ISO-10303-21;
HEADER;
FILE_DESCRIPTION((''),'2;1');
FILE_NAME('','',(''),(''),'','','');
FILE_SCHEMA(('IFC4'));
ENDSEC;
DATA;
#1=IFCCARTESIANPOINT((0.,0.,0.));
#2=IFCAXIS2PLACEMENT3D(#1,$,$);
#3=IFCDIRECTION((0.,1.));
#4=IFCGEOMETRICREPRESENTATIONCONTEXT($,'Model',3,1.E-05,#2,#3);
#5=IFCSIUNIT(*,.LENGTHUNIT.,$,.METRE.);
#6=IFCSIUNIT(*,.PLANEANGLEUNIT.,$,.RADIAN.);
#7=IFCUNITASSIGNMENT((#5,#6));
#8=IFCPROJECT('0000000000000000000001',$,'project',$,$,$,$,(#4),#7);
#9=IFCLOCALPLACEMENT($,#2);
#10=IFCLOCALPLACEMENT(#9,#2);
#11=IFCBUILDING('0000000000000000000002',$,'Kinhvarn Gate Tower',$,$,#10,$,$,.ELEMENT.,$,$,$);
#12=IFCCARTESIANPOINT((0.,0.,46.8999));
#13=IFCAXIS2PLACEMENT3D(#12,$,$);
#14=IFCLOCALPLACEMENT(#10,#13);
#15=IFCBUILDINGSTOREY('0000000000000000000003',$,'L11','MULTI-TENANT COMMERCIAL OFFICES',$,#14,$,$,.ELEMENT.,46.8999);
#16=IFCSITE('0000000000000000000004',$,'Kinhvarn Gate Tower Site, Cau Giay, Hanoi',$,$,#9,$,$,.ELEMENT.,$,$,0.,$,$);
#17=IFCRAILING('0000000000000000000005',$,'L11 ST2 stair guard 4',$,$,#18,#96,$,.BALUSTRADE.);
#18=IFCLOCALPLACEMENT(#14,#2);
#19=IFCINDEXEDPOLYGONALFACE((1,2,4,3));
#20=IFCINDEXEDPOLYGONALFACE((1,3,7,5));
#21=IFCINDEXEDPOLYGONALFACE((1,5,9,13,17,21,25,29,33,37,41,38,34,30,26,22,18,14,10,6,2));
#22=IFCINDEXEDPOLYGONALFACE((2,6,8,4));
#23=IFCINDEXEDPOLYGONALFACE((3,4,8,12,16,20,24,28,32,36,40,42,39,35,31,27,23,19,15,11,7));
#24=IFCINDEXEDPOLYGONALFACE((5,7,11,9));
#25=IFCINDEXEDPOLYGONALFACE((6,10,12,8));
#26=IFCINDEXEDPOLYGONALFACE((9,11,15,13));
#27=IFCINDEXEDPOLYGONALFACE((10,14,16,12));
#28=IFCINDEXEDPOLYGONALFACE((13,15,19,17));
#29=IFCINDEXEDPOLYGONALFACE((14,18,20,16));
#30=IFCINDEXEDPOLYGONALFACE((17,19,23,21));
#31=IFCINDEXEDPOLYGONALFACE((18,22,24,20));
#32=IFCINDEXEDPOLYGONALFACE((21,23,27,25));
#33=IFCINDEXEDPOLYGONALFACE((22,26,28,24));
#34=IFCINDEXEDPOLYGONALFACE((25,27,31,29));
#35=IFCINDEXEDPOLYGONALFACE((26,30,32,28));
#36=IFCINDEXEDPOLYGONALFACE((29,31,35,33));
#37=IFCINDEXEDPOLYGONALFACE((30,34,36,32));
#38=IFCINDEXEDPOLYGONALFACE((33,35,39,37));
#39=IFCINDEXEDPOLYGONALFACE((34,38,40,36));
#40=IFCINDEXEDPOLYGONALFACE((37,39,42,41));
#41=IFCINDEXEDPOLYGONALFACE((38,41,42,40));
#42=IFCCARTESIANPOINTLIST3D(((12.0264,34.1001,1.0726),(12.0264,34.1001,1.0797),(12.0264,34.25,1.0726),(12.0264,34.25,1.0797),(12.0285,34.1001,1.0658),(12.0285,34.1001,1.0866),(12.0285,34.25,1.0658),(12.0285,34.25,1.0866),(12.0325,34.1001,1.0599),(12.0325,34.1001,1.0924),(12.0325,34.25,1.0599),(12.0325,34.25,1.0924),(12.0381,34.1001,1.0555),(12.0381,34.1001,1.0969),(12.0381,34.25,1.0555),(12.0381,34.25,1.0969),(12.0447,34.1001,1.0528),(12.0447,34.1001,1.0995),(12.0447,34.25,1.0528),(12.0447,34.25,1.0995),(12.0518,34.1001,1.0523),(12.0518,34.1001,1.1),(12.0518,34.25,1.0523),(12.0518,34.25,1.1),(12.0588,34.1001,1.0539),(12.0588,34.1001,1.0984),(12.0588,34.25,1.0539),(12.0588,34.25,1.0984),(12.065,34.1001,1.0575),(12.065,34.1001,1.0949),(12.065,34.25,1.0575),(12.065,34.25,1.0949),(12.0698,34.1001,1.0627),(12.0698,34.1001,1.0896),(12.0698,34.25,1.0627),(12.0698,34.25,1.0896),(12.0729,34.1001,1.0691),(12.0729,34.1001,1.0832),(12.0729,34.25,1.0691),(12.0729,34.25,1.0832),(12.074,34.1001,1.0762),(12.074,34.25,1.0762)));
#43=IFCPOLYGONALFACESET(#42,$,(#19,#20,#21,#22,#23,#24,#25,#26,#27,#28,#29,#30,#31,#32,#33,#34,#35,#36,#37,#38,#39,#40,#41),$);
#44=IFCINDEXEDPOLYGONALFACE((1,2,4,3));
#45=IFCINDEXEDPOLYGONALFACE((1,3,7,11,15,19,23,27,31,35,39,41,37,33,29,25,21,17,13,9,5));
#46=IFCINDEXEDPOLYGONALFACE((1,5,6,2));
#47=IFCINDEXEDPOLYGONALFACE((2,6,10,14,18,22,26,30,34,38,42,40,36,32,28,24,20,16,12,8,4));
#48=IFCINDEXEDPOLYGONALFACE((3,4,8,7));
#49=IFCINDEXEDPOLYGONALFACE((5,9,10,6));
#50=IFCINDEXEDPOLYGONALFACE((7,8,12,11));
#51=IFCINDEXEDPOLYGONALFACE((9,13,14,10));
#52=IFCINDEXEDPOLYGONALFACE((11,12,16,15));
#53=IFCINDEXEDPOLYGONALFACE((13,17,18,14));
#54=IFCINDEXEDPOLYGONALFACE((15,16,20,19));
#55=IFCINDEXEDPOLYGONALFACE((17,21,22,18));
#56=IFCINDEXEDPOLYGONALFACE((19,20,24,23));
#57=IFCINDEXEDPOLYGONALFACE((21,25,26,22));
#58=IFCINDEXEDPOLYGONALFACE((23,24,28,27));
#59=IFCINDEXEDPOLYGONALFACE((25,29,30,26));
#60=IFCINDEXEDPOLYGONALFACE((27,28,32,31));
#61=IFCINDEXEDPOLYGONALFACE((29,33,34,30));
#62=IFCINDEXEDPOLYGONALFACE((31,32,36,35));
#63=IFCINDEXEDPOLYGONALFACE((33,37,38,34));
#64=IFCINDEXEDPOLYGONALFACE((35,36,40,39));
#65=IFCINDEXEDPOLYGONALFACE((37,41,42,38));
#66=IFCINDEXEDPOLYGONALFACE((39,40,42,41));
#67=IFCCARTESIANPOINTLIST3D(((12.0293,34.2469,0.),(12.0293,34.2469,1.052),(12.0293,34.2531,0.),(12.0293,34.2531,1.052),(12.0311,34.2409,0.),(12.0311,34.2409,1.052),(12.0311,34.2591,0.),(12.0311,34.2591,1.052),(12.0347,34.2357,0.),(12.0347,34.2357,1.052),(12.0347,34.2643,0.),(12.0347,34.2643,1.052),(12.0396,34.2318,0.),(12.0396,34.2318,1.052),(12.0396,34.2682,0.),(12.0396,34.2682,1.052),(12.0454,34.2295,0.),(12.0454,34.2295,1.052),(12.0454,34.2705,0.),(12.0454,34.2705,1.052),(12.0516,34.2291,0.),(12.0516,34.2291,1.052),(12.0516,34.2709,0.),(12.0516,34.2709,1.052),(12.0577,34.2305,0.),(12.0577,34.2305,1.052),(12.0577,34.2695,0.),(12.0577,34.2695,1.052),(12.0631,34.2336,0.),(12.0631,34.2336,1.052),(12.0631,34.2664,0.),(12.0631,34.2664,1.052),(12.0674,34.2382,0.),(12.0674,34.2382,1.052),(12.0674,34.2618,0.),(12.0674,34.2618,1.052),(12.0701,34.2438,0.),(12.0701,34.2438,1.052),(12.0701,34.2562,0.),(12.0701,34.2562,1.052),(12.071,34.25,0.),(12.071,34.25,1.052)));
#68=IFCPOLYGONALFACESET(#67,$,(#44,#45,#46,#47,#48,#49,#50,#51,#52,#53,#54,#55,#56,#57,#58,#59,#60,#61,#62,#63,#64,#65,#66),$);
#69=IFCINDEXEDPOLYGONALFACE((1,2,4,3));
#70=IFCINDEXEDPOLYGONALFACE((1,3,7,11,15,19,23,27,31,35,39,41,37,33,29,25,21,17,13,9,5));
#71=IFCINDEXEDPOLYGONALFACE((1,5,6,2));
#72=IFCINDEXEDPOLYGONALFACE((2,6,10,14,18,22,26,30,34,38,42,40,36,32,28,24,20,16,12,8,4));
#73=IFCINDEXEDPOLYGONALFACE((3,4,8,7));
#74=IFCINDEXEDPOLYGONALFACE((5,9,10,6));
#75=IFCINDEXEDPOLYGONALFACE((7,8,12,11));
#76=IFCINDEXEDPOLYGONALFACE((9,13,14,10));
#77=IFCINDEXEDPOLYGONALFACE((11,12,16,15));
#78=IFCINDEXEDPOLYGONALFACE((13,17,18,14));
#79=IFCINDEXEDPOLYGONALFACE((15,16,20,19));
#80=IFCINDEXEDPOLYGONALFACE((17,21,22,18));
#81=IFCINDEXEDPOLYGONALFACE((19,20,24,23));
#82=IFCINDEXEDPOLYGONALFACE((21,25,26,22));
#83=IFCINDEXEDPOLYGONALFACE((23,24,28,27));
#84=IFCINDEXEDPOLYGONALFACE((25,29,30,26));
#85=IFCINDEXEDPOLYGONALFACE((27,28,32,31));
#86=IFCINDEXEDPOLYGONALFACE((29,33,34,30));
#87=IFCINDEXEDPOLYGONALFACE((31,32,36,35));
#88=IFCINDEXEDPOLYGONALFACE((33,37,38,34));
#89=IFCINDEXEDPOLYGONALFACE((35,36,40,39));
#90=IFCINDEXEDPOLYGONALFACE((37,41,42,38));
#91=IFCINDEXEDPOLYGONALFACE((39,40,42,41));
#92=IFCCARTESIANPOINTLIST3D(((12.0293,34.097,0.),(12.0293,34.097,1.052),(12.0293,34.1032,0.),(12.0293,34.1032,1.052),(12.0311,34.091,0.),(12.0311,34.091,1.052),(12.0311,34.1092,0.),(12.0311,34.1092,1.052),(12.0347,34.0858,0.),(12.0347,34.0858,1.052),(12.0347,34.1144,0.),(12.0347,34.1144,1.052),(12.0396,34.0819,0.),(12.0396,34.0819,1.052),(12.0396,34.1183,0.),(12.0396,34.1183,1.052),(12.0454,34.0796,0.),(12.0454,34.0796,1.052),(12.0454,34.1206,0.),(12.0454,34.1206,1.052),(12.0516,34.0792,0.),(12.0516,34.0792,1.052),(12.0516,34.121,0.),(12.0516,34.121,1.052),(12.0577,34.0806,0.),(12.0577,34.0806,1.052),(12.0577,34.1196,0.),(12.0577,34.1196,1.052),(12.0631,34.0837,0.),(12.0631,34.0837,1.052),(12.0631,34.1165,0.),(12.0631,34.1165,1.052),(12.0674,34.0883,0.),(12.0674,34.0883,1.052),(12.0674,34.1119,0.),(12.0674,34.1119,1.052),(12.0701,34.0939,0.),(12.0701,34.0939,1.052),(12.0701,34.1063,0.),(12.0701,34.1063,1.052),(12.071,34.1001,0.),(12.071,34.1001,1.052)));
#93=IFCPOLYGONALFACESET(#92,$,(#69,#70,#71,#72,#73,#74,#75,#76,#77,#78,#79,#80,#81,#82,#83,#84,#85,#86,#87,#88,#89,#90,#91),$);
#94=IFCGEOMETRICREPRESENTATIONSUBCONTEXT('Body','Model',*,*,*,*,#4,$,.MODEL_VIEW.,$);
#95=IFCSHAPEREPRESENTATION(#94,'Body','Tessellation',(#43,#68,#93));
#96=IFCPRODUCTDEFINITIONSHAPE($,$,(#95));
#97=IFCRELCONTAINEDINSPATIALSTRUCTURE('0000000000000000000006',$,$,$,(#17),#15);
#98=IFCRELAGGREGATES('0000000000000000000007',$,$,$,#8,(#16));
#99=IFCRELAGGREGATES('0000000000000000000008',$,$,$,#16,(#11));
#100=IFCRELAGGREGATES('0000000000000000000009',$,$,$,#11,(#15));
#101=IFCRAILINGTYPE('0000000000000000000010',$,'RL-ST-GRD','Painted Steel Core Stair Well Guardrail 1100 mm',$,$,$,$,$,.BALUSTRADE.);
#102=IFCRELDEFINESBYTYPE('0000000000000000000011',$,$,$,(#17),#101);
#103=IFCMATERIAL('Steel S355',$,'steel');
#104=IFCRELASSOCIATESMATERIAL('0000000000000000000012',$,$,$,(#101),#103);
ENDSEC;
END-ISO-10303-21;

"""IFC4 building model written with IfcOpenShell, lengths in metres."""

from ifc_helpers import new_model, si_unit, direction, frame, origin, origin_2d, place, context, subcontext, project, spatial, circle, extrude, material, type_object, element, save


model = new_model("IFC4")

# Units and contexts
model_context = context("Model", 3, precision=1e-05, world=origin(), true_north=direction((0.0, 1.0)))
body_context = subcontext(model_context, "Body", "Model", "MODEL_VIEW")
ifc_project = project(units=[si_unit("LENGTHUNIT", "METRE"), si_unit("PLANEANGLEUNIT", "RADIAN")], contexts=[model_context])

# Site, building, storey
site_placement = place(None, origin())
site = spatial("IfcSite", under=ifc_project, at=site_placement, Name="Kinhvarn Gate Tower Site, Cau Giay, Hanoi", CompositionType="ELEMENT", RefElevation=0.0)
building_placement = place(site_placement, origin())
building = spatial("IfcBuilding", under=site, at=building_placement, Name="Kinhvarn Gate Tower", CompositionType="ELEMENT")
storey_placement = place(building_placement, frame((0.0, 0.0, 46.8999)))
storey = spatial("IfcBuildingStorey", under=building, at=storey_placement, Name="L11", Description="MULTI-TENANT COMMERCIAL OFFICES", CompositionType="ELEMENT", Elevation=46.8999)

# Railing
ifc_material_1 = material(Name="Steel S355", Category="steel")
railing_type_1 = type_object("IfcRailingType", Name="RL-ST-GRD", Description="Painted Steel Core Stair Well Guardrail 1100 mm", PredefinedType="BALUSTRADE", material=ifc_material_1)
railing_1_placement = place(storey_placement, frame((12.05, 34.25, 0.0)))
element("IfcRailing", 1, at=railing_1_placement, inside=storey, type_object=railing_type_1, Name="L11 ST2 stair guard 4", PredefinedType="BALUSTRADE", context=body_context, shape_type="SweptSolid", body=[
    extrude(circle(Radius=0.0239, at=origin_2d()), frame((0.0, 0.0, 1.0762), z_axis=(0.0, -1.0, 0.0), x_axis=(1.0, 0.0, 0.0)), (0.0, 0.0, 1.0), 0.1499),
    extrude(circle(Radius=0.021, at=origin_2d()), origin(), (0.0, 0.0, 1.0), 1.052),
    extrude(circle(Radius=0.021, at=origin_2d()), frame((0.0, -0.1499, 0.0)), (0.0, 0.0, 1.0), 1.052),
])

save(model, "model.ifc")
